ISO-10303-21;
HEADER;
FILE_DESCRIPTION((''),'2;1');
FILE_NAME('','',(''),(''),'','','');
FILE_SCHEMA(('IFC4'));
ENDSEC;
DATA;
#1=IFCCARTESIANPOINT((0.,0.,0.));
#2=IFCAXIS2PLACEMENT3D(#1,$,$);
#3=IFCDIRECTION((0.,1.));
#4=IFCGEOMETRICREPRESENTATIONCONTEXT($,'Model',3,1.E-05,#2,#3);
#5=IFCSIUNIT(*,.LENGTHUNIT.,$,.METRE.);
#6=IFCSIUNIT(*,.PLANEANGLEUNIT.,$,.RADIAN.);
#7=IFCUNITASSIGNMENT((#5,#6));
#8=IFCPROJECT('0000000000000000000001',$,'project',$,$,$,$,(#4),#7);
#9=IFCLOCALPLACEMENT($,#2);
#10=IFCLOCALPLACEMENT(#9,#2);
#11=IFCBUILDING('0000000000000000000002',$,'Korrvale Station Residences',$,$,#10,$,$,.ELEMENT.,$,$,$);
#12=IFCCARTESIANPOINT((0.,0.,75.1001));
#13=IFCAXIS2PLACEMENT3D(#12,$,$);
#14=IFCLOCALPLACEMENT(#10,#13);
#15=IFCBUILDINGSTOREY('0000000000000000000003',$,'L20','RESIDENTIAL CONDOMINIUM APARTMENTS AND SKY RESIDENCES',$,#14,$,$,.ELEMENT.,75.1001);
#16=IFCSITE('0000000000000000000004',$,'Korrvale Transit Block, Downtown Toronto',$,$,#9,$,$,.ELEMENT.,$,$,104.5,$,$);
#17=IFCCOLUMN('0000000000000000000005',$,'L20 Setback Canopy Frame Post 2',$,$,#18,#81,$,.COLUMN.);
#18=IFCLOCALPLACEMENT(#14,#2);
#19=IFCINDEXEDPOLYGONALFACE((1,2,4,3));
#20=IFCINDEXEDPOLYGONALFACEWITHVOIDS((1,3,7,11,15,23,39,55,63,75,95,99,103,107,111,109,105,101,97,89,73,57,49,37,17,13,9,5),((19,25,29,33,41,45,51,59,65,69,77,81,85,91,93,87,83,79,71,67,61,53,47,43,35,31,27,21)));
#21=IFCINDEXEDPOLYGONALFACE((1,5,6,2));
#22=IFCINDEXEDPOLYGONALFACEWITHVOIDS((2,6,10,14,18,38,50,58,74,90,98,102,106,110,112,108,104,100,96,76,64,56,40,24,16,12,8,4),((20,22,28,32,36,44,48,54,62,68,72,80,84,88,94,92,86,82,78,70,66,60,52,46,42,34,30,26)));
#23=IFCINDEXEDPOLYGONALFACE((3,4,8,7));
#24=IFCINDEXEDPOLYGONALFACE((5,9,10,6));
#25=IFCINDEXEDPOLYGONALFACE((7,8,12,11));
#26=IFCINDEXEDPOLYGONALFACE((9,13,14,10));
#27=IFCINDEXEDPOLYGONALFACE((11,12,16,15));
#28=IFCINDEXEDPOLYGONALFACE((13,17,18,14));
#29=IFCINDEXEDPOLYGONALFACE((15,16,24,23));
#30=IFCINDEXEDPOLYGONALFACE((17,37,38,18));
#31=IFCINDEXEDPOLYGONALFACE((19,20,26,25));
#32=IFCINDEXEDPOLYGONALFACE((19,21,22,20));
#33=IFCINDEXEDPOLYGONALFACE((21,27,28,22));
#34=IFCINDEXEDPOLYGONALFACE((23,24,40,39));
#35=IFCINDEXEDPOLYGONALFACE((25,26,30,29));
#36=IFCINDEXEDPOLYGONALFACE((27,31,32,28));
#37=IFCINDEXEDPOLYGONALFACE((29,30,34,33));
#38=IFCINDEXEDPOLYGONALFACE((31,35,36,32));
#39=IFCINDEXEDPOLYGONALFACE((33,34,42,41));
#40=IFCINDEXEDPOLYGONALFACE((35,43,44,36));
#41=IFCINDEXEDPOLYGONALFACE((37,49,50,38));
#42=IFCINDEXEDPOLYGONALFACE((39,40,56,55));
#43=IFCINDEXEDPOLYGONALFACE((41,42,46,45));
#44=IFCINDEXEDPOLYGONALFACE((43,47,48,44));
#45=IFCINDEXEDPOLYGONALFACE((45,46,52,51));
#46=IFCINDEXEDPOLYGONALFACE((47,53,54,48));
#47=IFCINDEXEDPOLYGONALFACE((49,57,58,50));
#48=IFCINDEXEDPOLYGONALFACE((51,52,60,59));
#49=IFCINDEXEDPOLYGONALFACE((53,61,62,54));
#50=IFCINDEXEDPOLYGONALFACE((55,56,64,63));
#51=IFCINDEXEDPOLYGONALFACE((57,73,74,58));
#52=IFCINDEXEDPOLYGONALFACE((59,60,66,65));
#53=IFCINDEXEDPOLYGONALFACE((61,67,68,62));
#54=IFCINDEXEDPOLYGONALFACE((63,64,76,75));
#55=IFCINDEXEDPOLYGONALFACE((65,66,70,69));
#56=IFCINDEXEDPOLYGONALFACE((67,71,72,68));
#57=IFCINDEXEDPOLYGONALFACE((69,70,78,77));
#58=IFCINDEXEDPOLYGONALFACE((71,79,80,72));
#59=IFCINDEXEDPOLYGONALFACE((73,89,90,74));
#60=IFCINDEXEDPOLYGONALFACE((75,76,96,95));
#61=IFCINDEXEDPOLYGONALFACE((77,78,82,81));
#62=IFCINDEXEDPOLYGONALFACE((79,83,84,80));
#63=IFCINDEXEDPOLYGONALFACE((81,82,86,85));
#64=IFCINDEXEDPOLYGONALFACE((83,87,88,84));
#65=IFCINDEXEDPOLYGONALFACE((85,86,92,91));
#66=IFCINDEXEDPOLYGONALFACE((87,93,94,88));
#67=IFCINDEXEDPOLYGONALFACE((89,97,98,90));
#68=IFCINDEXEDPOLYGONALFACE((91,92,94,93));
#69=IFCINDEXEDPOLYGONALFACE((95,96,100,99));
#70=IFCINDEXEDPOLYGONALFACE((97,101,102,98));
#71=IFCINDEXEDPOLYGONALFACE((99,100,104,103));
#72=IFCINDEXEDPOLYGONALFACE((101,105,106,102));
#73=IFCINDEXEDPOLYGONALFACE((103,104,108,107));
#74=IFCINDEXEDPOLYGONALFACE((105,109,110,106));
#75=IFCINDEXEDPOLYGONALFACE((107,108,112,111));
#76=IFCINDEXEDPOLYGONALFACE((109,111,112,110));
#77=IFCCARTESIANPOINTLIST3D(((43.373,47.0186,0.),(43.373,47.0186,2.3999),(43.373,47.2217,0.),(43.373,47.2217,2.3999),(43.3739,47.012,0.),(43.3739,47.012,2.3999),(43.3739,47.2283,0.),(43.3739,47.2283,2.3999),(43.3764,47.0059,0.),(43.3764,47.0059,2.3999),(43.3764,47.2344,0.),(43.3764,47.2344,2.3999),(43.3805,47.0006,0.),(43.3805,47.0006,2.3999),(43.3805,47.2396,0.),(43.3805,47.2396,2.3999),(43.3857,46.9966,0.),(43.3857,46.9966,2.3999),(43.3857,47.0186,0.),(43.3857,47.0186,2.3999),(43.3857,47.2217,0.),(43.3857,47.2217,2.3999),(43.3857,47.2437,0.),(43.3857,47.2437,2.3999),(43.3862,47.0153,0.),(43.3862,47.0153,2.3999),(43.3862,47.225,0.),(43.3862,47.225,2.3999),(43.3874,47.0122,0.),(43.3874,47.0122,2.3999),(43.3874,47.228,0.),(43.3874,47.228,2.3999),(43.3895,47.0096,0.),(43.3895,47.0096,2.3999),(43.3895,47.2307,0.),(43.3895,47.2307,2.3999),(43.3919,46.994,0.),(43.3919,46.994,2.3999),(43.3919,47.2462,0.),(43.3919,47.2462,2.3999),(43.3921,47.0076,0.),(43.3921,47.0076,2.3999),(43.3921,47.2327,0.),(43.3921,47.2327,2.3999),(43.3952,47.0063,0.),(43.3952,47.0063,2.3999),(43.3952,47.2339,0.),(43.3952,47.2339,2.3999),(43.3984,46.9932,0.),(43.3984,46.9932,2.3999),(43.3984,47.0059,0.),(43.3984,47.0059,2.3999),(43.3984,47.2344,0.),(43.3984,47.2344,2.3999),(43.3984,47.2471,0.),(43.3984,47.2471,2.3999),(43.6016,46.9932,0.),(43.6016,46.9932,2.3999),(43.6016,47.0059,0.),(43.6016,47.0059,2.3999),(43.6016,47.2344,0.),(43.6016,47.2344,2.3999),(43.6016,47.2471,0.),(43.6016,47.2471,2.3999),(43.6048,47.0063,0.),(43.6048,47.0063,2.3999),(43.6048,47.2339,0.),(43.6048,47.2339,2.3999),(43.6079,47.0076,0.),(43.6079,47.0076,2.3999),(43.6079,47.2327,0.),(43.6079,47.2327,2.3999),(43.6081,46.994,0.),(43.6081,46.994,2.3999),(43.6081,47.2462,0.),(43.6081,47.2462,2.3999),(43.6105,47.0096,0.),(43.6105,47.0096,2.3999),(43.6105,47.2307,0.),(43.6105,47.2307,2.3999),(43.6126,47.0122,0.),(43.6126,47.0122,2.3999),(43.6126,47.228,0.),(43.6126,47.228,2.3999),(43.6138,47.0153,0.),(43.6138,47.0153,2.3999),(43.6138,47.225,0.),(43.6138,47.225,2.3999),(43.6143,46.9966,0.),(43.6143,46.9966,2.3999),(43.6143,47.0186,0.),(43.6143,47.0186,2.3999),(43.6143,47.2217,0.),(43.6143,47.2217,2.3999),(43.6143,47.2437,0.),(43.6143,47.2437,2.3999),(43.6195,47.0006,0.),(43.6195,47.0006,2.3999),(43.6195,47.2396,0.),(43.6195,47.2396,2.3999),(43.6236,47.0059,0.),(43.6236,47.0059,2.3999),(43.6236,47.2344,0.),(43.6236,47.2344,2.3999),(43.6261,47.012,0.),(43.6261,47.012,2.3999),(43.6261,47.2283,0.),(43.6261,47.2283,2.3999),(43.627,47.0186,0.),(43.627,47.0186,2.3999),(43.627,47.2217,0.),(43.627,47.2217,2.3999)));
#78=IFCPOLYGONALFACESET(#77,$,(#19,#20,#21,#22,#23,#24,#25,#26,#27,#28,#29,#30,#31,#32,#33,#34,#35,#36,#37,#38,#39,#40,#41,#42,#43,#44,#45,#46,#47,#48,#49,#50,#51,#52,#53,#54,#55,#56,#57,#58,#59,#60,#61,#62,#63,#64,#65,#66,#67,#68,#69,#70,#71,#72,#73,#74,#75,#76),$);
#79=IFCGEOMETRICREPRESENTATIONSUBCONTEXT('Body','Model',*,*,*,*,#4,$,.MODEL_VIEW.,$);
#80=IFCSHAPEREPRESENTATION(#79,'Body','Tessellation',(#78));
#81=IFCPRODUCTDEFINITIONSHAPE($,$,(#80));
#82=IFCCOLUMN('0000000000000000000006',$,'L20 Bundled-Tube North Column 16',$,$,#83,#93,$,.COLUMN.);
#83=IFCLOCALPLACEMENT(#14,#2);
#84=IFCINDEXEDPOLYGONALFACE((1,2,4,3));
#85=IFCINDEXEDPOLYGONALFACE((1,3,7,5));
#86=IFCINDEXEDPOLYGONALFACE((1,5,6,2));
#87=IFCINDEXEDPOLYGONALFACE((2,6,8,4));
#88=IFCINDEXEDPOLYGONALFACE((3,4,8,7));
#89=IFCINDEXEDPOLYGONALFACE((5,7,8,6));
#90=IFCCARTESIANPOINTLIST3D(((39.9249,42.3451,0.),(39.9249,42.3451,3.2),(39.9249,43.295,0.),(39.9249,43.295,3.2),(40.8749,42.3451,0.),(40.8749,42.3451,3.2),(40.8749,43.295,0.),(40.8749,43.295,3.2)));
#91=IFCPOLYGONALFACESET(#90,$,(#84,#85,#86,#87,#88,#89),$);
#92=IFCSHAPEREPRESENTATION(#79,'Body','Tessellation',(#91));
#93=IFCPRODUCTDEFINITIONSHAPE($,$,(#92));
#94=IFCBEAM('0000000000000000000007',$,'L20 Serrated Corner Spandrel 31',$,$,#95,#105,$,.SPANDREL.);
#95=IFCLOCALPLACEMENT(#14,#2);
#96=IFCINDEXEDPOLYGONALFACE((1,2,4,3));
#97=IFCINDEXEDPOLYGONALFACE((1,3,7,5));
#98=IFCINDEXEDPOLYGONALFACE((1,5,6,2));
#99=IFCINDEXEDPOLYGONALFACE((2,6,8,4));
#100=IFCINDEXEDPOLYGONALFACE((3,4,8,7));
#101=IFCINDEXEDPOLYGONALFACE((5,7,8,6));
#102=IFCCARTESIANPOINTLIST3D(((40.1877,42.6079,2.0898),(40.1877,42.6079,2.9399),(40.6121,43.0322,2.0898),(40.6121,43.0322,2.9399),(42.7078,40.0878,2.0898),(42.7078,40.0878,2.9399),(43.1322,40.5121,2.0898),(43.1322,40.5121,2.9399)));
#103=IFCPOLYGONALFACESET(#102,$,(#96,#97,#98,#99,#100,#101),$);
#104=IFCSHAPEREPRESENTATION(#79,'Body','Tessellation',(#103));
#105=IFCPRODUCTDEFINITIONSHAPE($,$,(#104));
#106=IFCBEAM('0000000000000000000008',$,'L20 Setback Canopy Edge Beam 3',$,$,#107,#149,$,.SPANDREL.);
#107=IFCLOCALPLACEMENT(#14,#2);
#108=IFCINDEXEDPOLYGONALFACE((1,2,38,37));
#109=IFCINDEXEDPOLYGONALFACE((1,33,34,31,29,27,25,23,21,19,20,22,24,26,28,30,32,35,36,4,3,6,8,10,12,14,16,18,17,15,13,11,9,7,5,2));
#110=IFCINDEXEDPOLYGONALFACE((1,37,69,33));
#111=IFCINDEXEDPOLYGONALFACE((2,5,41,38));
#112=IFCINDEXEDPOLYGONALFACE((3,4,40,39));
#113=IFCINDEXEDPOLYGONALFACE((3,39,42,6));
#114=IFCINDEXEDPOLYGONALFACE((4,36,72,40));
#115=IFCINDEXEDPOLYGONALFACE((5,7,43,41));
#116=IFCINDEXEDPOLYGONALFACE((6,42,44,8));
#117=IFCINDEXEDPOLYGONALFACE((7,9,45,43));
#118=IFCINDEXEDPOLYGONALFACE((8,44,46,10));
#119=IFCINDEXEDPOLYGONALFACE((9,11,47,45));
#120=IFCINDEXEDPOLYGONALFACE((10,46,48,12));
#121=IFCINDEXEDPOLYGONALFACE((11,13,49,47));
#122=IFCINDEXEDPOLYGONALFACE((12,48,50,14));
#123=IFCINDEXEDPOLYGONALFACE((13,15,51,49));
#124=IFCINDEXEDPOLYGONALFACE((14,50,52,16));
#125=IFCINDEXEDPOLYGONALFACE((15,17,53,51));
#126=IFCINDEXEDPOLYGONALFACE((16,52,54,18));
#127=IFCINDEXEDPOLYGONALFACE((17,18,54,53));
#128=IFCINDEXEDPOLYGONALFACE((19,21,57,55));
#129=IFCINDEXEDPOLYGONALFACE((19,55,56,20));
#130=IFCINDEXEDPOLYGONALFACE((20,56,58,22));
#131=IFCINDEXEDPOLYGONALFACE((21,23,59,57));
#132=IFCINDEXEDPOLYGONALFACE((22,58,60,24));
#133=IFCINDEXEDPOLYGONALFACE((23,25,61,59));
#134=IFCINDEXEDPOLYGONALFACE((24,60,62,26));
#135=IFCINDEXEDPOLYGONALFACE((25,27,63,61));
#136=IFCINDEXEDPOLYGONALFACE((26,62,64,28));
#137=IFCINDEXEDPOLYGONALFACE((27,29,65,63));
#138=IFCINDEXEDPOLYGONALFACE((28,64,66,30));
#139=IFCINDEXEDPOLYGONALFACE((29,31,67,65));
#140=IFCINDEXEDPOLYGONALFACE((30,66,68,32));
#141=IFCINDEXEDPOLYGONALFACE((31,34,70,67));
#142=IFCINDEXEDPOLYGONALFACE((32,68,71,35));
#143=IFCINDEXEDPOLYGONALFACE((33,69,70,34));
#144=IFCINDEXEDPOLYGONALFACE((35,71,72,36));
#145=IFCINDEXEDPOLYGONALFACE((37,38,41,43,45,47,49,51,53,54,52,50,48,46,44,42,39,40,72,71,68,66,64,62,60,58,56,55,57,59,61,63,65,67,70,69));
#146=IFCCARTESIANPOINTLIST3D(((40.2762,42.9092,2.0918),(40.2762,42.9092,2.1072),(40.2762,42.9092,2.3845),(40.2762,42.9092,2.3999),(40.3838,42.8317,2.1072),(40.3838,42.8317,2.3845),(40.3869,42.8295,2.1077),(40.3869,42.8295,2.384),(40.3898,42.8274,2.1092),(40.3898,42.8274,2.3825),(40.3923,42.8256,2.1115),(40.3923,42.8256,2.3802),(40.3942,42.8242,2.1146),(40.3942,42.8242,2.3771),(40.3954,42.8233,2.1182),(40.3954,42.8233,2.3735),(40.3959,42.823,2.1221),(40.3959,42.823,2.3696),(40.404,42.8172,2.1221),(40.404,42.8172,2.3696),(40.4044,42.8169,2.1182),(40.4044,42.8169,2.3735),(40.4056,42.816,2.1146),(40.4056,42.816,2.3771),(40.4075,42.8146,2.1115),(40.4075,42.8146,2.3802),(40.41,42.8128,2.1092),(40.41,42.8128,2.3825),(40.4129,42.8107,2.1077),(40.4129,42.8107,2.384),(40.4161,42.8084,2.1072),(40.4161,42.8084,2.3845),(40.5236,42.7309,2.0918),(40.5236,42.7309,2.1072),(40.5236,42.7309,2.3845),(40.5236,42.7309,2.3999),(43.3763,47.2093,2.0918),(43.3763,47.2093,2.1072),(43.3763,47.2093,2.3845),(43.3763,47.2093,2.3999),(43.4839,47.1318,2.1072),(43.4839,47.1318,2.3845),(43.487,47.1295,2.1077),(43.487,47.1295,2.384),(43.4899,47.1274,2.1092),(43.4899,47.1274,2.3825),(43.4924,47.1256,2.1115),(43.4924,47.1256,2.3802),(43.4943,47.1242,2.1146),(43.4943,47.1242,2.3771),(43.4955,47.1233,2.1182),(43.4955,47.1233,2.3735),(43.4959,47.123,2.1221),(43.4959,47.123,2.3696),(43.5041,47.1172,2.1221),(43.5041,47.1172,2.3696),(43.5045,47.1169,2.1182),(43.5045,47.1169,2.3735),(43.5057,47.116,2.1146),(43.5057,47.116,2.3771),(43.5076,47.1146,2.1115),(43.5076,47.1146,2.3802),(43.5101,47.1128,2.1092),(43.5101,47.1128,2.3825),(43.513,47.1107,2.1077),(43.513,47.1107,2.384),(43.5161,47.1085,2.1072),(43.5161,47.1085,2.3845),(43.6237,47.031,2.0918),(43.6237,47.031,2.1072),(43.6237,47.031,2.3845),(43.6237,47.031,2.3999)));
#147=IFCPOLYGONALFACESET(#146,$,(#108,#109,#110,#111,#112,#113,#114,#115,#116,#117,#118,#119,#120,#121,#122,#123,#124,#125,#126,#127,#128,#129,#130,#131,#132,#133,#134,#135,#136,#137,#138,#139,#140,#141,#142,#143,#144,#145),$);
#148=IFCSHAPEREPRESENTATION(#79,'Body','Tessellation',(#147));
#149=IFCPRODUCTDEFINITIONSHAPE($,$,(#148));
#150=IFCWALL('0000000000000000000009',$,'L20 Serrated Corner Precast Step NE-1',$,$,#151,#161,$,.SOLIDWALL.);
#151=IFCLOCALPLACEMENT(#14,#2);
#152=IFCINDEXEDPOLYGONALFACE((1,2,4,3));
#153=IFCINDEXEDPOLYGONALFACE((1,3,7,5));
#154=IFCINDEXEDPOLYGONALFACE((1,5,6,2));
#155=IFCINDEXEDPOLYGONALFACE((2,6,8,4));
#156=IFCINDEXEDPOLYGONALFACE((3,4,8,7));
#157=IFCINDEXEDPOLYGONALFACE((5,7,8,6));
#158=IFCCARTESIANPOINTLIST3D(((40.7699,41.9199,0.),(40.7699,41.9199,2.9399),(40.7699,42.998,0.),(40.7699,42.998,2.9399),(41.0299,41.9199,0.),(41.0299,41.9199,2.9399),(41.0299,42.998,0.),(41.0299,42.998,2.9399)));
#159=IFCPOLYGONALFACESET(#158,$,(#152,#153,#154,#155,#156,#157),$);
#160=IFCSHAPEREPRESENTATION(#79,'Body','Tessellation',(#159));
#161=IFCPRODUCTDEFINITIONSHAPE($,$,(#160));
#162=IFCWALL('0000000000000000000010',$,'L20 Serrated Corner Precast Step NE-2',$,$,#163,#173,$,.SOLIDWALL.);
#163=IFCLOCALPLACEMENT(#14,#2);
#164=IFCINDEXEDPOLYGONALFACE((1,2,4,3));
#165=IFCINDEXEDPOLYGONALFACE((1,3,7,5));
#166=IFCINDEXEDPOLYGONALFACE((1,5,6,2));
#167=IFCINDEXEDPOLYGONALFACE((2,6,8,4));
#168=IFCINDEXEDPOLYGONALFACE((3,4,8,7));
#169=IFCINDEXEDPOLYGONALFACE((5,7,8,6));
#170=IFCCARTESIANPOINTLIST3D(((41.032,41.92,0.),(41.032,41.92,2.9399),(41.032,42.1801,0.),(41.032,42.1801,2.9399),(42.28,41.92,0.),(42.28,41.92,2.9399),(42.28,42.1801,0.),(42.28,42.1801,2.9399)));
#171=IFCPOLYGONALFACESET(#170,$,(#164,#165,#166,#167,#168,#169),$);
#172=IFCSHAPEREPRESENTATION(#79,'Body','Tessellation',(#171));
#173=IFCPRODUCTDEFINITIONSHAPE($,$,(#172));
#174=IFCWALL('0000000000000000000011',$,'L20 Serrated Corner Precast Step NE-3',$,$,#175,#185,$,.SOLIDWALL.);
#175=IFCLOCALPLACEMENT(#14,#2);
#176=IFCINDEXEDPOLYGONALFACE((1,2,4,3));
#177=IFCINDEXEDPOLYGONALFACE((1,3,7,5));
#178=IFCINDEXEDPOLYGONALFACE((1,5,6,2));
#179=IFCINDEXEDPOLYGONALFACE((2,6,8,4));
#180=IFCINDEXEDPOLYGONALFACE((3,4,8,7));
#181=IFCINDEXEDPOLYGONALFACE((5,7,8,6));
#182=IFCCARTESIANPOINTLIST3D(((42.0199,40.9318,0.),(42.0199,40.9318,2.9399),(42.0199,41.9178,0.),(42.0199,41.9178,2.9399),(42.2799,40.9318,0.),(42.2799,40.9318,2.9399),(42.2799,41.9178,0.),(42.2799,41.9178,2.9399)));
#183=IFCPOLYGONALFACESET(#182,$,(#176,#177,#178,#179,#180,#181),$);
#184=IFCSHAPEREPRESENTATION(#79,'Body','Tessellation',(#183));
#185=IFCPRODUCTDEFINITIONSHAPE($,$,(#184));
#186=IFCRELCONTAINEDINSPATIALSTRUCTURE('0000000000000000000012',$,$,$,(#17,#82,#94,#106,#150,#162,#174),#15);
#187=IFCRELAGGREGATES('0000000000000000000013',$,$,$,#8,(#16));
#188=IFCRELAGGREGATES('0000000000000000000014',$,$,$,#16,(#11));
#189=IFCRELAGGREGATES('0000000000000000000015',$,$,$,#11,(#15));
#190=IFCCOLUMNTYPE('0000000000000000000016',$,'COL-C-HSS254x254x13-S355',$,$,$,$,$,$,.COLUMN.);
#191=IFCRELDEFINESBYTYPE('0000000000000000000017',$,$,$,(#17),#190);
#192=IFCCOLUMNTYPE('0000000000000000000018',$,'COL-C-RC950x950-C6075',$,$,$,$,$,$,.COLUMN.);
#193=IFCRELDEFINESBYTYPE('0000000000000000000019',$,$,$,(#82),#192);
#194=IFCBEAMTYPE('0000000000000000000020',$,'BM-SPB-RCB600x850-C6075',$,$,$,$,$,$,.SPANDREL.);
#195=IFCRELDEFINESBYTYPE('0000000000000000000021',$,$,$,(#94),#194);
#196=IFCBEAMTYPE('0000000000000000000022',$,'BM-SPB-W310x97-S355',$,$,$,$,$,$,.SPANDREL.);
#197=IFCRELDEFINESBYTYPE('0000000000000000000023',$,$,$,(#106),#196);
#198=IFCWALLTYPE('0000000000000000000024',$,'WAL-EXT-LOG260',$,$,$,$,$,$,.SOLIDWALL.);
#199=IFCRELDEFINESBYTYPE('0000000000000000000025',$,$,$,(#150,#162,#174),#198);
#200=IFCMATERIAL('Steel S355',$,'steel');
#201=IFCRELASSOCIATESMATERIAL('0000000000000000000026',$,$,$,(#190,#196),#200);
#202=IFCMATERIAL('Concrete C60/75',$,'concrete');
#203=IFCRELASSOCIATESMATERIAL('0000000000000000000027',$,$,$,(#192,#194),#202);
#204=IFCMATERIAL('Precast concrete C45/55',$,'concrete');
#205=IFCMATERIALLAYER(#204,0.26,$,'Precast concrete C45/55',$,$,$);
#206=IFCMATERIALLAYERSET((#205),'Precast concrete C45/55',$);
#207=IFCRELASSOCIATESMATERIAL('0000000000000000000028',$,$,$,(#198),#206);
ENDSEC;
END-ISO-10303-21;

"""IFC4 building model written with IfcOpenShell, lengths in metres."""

from ifc_helpers import new_model, si_unit, direction, frame, frame_2d, origin, origin_2d, place, context, subcontext, project, spatial, rectangle, hollow_rectangle, i_section, extrude, material, layer, layer_set, material_profile, profile_set, type_object, element, save


model = new_model("IFC4")

# Units and contexts
model_context = context("Model", 3, precision=1e-05, world=origin(), true_north=direction((0.0, 1.0)))
body_context = subcontext(model_context, "Body", "Model", "MODEL_VIEW")
ifc_project = project(units=[si_unit("LENGTHUNIT", "METRE"), si_unit("PLANEANGLEUNIT", "RADIAN")], contexts=[model_context])

# Site, building, storey
site_placement = place(None, origin())
site = spatial("IfcSite", under=ifc_project, at=site_placement, Name="Korrvale Transit Block, Downtown Toronto", CompositionType="ELEMENT", RefElevation=104.5)
building_placement = place(site_placement, origin())
building = spatial("IfcBuilding", under=site, at=building_placement, Name="Korrvale Station Residences", CompositionType="ELEMENT")
storey_placement = place(building_placement, frame((0.0, 0.0, 75.1001)))
storey = spatial("IfcBuildingStorey", under=building, at=storey_placement, Name="L20", Description="RESIDENTIAL CONDOMINIUM APARTMENTS AND SKY RESIDENCES", CompositionType="ELEMENT", Elevation=75.1001)

# Columns
ifc_material_1 = material(Name="Steel S355", Category="steel")
ifc_material_profile_1 = material_profile(ifc_material_1, hollow_rectangle(XDim=0.2539, YDim=0.2539, WallThickness=0.0127, InnerFilletRadius=0.0127, OuterFilletRadius=0.0254, at=origin_2d()), Name="HSS254x254x13")
ifc_profile_set_1 = profile_set([ifc_material_profile_1], Name="Steel S355")
column_type_1 = type_object("IfcColumnType", Name="COL-C-HSS254x254x13-S355", PredefinedType="COLUMN", material=ifc_profile_set_1)
column_1_placement = place(storey_placement, frame((43.5, 47.1201, 0.0), z_axis=(0.0, 0.0, 1.0), x_axis=(1.0, 0.0, 0.0)))
element("IfcColumn", 1, at=column_1_placement, inside=storey, type_object=column_type_1, Name="L20 Setback Canopy Frame Post 2", PredefinedType="COLUMN", context=body_context, shape_type="SweptSolid", body=[
    extrude(hollow_rectangle(XDim=0.2539, YDim=0.2539, WallThickness=0.0127, InnerFilletRadius=0.0127, OuterFilletRadius=0.0254, at=origin_2d()), origin(), (0.0, 0.0, 1.0), 2.3999),
])
ifc_material_2 = material(Name="Concrete C60/75", Category="concrete")
ifc_material_profile_2 = material_profile(ifc_material_2, rectangle(XDim=0.95, YDim=0.95, at=origin_2d()), Name="RC950x950")
ifc_profile_set_2 = profile_set([ifc_material_profile_2], Name="Concrete C60/75")
column_type_2 = type_object("IfcColumnType", Name="COL-C-RC950x950-C6075", PredefinedType="COLUMN", material=ifc_profile_set_2)
column_2_placement = place(storey_placement, frame((40.3999, 42.8201, 0.0), z_axis=(0.0, 0.0, 1.0), x_axis=(1.0, 0.0, 0.0)))
element("IfcColumn", 2, at=column_2_placement, inside=storey, type_object=column_type_2, Name="L20 Bundled-Tube North Column 16", PredefinedType="COLUMN", context=body_context, shape_type="SweptSolid", body=[
    extrude(rectangle(XDim=0.95, YDim=0.95, at=origin_2d()), origin(), (0.0, 0.0, 1.0), 3.2),
])

# Beams
ifc_material_profile_3 = material_profile(ifc_material_2, rectangle(XDim=0.6001, YDim=0.8501, at=origin_2d()), Name="RCB600x850")
ifc_profile_set_3 = profile_set([ifc_material_profile_3], Name="Concrete C60/75")
beam_type_1 = type_object("IfcBeamType", Name="BM-SPB-RCB600x850-C6075", PredefinedType="SPANDREL", material=ifc_profile_set_3)
beam_1_placement = place(storey_placement, frame((40.3999, 42.8201, 2.5149), z_axis=(0.707107, -0.707107, 0.0), x_axis=(0.707107, 0.707107, 0.0)))
element("IfcBeam", 3, at=beam_1_placement, inside=storey, type_object=beam_type_1, Name="L20 Serrated Corner Spandrel 31", PredefinedType="SPANDREL", context=body_context, shape_type="SweptSolid", body=[
    extrude(rectangle(XDim=0.6001, YDim=0.8501, at=origin_2d()), origin(), (0.0, 0.0, 1.0), 3.564),
])
ifc_material_profile_4 = material_profile(ifc_material_1, i_section(OverallWidth=0.3049, OverallDepth=0.3081, WebThickness=0.01, FlangeThickness=0.0154, FilletRadius=0.0149, at=origin_2d()), Name="W310x97")
ifc_profile_set_4 = profile_set([ifc_material_profile_4], Name="Steel S355")
beam_type_2 = type_object("IfcBeamType", Name="BM-SPB-W310x97-S355", PredefinedType="SPANDREL", material=ifc_profile_set_4)
beam_2_placement = place(storey_placement, frame((43.5, 47.1201, 2.2458), z_axis=(-0.584809, -0.811171, 0.0), x_axis=(0.811171, -0.584809, 0.0)))
element("IfcBeam", 4, at=beam_2_placement, inside=storey, type_object=beam_type_2, Name="L20 Setback Canopy Edge Beam 3", PredefinedType="SPANDREL", context=body_context, shape_type="SweptSolid", body=[
    extrude(i_section(OverallWidth=0.3049, OverallDepth=0.3081, WebThickness=0.01, FlangeThickness=0.0154, FilletRadius=0.0149, at=origin_2d()), origin(), (0.0, 0.0, 1.0), 5.301),
])

# Walls
ifc_material_3 = material(Name="Precast concrete C45/55", Category="concrete")
ifc_layer_1 = layer(ifc_material_3, 0.26, Name="Precast concrete C45/55")
ifc_layer_set_1 = layer_set([ifc_layer_1], Name="Precast concrete C45/55")
wall_type_1 = type_object("IfcWallType", Name="WAL-EXT-LOG260", PredefinedType="SOLIDWALL", material=ifc_layer_set_1)
wall_1_placement = place(storey_placement, frame((40.8999, 42.998, 0.0), z_axis=(0.0, 0.0, 1.0), x_axis=(0.0, -1.0, 0.0)))
element("IfcWall", 5, at=wall_1_placement, inside=storey, type_object=wall_type_1, Name="L20 Serrated Corner Precast Step NE-1", PredefinedType="SOLIDWALL", context=body_context, shape_type="SweptSolid", body=[
    extrude(rectangle(XDim=1.0781, YDim=0.26, at=frame_2d((0.5391, 0.0))), origin(), (0.0, 0.0, 1.0), 2.9399),
])
wall_2_placement = place(storey_placement, frame((41.032, 42.05, 0.0), z_axis=(0.0, 0.0, 1.0), x_axis=(1.0, 0.0, 0.0)))
element("IfcWall", 6, at=wall_2_placement, inside=storey, type_object=wall_type_1, Name="L20 Serrated Corner Precast Step NE-2", PredefinedType="SOLIDWALL", context=body_context, shape_type="SweptSolid", body=[
    extrude(rectangle(XDim=1.248, YDim=0.26, at=frame_2d((0.624, 0.0))), origin(), (0.0, 0.0, 1.0), 2.9399),
])
wall_3_placement = place(storey_placement, frame((42.1499, 41.918, 0.0), z_axis=(0.0, 0.0, 1.0), x_axis=(0.0, -1.0, 0.0)))
element("IfcWall", 7, at=wall_3_placement, inside=storey, type_object=wall_type_1, Name="L20 Serrated Corner Precast Step NE-3", PredefinedType="SOLIDWALL", context=body_context, shape_type="SweptSolid", body=[
    extrude(rectangle(XDim=0.9861, YDim=0.26, at=frame_2d((0.4932, 0.0))), origin(), (0.0, 0.0, 1.0), 2.9399),
])

save(model, "model.ifc")
